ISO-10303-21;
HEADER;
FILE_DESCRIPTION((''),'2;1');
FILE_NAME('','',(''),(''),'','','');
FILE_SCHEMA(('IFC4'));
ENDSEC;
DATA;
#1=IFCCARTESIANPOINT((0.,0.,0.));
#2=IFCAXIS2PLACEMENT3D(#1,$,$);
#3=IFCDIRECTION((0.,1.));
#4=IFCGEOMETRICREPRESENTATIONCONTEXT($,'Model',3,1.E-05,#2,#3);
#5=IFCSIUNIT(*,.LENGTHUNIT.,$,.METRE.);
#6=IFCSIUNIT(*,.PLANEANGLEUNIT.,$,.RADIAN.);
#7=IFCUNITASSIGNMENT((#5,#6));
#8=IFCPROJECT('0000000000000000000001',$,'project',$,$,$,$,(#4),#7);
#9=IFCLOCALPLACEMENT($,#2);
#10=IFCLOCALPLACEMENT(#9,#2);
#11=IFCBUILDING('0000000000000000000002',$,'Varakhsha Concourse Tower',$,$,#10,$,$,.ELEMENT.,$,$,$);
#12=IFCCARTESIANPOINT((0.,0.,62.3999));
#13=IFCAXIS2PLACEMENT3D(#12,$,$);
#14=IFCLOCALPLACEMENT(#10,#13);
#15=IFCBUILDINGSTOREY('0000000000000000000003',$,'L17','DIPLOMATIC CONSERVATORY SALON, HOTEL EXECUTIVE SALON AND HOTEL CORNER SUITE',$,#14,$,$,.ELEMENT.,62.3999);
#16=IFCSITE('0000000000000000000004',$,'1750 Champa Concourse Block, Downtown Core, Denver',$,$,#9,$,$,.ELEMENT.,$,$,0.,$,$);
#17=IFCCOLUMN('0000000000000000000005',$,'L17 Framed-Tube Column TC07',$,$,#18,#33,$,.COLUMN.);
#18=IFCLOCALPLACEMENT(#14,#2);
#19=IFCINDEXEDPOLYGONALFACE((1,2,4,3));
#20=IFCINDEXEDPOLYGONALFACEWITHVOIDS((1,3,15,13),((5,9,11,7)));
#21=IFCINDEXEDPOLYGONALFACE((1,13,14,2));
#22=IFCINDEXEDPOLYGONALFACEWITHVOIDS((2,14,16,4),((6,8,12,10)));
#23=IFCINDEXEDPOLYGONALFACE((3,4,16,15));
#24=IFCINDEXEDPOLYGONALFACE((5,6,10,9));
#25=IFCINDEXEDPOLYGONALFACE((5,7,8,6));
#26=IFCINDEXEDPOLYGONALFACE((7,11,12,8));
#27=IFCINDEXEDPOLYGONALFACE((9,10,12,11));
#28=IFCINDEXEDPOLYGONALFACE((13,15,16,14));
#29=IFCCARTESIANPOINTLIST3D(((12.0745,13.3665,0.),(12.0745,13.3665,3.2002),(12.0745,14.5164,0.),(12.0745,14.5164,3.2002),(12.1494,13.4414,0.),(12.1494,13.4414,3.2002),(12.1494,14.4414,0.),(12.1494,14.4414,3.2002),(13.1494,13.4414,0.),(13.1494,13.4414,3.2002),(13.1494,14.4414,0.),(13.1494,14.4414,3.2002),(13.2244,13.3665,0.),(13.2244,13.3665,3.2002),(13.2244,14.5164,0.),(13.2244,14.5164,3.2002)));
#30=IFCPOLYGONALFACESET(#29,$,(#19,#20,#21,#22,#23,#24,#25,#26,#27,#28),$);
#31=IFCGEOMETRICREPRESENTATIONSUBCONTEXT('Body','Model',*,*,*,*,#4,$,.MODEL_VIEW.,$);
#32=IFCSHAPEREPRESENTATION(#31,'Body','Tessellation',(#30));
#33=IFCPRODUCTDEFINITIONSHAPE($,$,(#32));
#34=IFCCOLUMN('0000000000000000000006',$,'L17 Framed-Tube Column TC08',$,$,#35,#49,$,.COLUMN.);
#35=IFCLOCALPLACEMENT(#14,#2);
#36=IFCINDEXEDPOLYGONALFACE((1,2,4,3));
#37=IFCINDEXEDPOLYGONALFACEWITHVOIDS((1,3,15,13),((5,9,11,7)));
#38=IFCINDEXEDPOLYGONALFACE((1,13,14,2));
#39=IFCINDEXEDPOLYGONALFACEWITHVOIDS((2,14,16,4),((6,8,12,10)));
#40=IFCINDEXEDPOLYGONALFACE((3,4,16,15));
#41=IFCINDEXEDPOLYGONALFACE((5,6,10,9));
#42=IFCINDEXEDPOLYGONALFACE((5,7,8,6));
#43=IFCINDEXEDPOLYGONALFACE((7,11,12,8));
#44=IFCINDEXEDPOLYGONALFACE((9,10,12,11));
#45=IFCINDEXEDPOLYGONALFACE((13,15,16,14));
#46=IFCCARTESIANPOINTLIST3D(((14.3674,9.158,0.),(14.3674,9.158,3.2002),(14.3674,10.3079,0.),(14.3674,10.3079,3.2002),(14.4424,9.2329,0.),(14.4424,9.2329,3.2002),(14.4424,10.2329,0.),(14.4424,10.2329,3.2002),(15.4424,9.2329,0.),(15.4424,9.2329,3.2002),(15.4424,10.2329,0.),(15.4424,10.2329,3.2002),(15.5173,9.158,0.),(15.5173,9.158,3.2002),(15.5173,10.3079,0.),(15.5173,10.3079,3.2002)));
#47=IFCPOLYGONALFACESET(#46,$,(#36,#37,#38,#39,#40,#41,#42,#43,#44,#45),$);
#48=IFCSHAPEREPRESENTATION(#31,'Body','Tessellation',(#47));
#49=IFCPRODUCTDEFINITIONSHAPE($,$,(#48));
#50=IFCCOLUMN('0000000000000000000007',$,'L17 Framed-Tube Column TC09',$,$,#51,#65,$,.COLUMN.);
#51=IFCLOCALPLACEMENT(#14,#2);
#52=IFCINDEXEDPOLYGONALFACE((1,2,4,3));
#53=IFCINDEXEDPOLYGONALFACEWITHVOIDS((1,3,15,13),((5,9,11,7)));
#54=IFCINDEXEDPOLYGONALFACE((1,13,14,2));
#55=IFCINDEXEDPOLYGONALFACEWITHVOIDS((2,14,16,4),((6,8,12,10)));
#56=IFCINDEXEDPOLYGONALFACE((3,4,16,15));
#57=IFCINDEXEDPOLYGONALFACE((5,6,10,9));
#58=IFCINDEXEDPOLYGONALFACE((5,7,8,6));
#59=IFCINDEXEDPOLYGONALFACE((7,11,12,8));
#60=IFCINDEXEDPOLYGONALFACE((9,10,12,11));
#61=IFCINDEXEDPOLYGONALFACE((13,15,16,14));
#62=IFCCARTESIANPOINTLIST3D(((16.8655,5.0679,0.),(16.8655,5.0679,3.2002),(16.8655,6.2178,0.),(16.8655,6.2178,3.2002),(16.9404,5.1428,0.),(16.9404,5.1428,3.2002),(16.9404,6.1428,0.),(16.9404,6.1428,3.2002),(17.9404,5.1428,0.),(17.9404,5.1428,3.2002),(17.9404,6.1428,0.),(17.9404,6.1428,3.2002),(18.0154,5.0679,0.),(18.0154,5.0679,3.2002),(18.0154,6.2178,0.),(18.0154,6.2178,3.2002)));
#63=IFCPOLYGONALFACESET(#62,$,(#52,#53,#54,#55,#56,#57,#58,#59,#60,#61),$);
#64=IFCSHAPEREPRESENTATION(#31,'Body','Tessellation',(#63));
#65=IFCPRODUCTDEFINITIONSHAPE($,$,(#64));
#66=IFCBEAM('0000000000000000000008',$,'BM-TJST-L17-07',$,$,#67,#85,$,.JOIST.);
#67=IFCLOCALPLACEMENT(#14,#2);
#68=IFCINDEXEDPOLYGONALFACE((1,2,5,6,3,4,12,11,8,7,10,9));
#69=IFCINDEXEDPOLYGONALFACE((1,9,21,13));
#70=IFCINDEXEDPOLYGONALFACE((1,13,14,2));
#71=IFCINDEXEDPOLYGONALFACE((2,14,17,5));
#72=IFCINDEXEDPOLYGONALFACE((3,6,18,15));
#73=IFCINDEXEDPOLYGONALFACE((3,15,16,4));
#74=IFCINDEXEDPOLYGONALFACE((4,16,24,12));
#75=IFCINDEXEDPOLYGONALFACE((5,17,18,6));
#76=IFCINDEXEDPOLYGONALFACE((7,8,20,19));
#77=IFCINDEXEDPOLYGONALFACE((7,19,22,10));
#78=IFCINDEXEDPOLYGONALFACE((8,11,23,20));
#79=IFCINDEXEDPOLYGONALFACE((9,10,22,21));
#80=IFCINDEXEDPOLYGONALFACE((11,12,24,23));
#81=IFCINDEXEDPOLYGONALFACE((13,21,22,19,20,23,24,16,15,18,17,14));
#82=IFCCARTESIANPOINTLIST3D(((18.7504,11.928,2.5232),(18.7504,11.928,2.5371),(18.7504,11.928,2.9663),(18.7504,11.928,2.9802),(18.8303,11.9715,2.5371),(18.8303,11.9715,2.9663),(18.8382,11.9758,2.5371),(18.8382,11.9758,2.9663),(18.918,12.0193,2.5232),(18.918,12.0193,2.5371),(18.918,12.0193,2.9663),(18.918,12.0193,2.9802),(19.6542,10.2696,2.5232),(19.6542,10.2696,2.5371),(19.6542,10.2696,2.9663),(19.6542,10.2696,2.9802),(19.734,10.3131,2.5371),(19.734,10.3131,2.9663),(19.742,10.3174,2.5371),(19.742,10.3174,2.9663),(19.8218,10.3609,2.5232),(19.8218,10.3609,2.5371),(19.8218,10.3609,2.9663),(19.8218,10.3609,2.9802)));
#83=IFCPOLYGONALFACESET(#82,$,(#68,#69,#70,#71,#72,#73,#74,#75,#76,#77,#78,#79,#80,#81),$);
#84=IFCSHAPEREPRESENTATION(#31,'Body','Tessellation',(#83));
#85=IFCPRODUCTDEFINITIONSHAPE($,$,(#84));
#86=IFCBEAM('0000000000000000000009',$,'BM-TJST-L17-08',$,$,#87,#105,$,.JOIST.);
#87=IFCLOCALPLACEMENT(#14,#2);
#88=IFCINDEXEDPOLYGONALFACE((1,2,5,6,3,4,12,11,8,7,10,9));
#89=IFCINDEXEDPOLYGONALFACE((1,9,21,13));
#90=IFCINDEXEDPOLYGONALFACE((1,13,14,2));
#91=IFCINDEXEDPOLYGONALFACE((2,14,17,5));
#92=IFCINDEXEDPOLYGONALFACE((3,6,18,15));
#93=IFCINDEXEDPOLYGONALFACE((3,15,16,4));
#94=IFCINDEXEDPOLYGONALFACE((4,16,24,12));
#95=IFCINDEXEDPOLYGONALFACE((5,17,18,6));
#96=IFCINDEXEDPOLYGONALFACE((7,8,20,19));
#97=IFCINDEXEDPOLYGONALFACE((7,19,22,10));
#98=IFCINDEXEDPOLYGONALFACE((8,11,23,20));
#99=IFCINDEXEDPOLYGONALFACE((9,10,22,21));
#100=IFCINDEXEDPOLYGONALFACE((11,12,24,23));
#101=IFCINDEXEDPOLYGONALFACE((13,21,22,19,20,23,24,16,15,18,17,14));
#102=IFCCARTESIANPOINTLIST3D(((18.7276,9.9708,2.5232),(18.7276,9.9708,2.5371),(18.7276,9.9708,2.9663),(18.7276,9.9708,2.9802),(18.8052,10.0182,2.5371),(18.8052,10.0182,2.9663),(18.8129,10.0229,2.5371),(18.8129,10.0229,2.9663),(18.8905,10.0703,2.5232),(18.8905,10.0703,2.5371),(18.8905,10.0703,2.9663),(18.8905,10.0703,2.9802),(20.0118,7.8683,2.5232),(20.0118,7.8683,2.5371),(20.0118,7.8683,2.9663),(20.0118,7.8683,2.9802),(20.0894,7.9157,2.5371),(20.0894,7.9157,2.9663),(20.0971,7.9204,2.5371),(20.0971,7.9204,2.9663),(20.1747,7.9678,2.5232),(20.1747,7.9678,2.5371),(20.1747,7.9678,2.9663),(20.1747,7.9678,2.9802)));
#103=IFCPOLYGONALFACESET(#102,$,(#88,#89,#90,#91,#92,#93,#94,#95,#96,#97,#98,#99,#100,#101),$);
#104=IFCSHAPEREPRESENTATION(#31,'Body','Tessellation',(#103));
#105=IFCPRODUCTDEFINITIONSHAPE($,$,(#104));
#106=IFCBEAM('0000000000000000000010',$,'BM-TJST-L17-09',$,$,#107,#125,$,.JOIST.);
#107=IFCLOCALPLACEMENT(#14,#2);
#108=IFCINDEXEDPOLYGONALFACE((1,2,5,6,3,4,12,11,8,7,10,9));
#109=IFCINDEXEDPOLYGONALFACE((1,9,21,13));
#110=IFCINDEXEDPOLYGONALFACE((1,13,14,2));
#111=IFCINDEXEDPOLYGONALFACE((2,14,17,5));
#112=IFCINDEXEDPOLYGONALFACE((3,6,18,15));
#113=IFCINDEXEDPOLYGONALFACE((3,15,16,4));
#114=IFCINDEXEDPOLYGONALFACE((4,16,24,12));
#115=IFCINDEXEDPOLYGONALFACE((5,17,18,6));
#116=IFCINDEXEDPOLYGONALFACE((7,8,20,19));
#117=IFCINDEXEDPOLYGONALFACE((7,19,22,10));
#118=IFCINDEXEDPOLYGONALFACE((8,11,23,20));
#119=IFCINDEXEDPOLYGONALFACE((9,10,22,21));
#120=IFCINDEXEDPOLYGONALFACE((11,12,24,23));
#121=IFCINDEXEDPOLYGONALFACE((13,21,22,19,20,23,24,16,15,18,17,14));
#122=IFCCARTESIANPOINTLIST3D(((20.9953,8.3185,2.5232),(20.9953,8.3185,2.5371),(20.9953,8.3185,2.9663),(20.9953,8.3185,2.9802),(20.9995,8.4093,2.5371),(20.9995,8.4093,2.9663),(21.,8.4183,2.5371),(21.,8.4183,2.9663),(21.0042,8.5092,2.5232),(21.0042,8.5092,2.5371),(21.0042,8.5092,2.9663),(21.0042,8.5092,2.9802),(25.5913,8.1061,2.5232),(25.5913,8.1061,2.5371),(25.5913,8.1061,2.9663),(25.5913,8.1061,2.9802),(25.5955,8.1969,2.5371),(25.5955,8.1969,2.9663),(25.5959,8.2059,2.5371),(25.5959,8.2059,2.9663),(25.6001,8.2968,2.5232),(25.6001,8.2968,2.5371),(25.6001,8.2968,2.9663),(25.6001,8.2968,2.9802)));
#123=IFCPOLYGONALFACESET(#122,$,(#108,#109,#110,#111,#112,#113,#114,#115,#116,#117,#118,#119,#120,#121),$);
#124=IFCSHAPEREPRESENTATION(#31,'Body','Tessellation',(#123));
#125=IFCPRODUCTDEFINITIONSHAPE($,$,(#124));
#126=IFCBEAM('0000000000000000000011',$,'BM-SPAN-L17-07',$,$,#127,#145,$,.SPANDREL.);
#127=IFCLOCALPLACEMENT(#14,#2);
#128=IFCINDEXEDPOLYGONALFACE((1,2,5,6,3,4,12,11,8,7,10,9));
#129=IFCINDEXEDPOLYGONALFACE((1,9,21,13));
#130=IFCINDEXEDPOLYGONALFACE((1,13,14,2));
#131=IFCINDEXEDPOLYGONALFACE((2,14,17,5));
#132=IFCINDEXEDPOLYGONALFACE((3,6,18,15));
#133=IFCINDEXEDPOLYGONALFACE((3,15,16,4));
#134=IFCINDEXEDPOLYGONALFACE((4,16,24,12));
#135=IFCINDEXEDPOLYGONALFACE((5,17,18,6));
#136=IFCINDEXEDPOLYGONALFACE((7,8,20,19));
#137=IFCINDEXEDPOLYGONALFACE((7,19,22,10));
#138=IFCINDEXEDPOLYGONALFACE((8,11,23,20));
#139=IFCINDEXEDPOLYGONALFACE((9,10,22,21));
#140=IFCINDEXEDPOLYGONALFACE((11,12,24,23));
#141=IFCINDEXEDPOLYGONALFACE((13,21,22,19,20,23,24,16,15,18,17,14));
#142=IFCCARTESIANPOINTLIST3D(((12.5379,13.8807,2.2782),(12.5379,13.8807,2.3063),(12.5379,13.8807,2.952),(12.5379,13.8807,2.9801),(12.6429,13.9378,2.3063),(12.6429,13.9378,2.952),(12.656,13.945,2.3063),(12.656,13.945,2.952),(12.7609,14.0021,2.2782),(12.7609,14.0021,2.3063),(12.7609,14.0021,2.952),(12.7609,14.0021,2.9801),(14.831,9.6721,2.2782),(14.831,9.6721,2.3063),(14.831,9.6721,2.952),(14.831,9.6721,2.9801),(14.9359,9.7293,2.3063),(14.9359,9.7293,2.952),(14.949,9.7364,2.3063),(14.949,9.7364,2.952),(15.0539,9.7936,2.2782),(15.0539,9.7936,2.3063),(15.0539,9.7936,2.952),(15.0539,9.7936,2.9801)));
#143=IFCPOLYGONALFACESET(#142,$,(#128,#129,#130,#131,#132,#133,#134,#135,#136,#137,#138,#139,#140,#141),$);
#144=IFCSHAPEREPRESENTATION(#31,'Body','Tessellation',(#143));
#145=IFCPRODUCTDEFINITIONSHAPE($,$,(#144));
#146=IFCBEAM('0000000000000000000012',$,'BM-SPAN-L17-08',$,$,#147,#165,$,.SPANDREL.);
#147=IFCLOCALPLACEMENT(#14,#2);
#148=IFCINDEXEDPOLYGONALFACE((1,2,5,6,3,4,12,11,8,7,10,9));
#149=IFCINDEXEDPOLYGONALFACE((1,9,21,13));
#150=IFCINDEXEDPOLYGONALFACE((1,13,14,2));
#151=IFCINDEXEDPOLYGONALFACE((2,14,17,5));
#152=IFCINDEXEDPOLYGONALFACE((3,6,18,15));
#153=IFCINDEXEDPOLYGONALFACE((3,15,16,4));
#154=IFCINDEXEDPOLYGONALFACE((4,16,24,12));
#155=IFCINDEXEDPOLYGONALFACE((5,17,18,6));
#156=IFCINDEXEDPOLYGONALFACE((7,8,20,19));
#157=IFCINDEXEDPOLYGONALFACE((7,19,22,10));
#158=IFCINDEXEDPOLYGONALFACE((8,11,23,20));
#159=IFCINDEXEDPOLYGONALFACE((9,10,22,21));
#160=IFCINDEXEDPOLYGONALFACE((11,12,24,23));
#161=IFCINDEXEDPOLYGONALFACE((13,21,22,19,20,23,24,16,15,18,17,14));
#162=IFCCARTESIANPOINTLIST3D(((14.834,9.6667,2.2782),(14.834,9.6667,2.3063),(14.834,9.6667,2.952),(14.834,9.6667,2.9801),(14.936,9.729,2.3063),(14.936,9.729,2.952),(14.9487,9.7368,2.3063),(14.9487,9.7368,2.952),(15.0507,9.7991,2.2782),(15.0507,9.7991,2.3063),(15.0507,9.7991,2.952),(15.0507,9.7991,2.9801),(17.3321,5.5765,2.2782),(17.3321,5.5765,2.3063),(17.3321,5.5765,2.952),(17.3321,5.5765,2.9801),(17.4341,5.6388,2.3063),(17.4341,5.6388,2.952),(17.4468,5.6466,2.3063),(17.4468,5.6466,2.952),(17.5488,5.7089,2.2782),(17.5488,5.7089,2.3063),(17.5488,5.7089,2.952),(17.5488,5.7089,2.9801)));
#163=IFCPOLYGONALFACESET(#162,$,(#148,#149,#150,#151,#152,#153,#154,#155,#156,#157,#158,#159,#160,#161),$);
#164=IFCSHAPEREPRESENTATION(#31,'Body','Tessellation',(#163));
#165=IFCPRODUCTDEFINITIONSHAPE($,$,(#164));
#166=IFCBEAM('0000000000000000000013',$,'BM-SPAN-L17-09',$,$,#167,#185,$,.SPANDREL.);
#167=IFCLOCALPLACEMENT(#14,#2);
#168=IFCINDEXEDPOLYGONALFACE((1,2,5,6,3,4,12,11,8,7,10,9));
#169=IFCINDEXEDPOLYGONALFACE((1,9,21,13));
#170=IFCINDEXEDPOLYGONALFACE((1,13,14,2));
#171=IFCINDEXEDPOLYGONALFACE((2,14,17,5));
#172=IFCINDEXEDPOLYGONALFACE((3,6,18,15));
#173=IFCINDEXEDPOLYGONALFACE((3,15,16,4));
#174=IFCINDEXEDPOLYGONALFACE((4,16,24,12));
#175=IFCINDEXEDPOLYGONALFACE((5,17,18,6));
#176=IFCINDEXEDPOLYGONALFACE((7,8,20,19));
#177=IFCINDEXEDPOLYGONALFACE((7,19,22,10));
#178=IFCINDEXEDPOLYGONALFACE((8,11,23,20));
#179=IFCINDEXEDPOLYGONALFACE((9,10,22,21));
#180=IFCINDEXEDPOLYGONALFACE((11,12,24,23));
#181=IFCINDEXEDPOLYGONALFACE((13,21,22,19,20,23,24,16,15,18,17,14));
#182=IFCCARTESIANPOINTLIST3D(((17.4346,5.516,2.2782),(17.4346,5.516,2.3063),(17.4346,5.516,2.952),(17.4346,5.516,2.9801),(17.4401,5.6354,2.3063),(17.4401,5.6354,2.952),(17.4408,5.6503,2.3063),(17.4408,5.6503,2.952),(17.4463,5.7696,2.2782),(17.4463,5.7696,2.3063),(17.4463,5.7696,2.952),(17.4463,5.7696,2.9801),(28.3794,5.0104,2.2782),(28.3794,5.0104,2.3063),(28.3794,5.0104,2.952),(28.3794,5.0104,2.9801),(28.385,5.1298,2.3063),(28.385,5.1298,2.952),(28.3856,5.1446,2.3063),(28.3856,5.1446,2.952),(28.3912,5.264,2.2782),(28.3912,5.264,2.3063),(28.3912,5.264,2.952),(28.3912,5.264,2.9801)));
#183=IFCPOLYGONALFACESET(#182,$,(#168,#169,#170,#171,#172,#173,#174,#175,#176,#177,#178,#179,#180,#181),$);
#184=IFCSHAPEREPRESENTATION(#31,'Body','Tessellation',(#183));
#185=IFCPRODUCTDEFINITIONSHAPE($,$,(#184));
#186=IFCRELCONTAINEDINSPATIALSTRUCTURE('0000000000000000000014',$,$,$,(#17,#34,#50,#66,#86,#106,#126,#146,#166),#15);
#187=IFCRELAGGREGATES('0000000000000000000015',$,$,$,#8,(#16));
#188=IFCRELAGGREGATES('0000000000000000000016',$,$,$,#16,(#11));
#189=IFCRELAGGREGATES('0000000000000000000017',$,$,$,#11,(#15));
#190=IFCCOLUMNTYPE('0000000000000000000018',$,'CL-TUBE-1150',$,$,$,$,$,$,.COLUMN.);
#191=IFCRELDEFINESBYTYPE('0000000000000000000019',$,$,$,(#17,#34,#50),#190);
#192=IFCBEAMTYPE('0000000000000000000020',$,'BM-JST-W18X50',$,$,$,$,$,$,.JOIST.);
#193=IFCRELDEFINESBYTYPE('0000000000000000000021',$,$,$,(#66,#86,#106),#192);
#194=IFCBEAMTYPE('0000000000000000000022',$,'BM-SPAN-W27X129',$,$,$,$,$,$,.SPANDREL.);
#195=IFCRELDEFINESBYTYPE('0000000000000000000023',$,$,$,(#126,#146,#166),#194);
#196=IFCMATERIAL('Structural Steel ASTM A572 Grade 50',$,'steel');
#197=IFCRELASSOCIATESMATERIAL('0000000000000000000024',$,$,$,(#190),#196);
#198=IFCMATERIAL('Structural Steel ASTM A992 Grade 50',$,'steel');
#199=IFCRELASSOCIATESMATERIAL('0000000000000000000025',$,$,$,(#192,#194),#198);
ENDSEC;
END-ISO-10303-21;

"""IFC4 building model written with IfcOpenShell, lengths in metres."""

from ifc_helpers import new_model, si_unit, direction, frame, origin, origin_2d, place, context, subcontext, project, spatial, hollow_rectangle, i_section, extrude, material, material_profile, profile_set, type_object, element, save


model = new_model("IFC4")

# Units and contexts
model_context = context("Model", 3, precision=1e-05, world=origin(), true_north=direction((0.0, 1.0)))
body_context = subcontext(model_context, "Body", "Model", "MODEL_VIEW")
ifc_project = project(units=[si_unit("LENGTHUNIT", "METRE"), si_unit("PLANEANGLEUNIT", "RADIAN")], contexts=[model_context])

# Site, building, storey
site_placement = place(None, origin())
site = spatial("IfcSite", under=ifc_project, at=site_placement, Name="1750 Champa Concourse Block, Downtown Core, Denver", CompositionType="ELEMENT", RefElevation=0.0)
building_placement = place(site_placement, origin())
building = spatial("IfcBuilding", under=site, at=building_placement, Name="Varakhsha Concourse Tower", CompositionType="ELEMENT")
storey_placement = place(building_placement, frame((0.0, 0.0, 62.3999)))
storey = spatial("IfcBuildingStorey", under=building, at=storey_placement, Name="L17", Description="DIPLOMATIC CONSERVATORY SALON, HOTEL EXECUTIVE SALON AND HOTEL CORNER SUITE", CompositionType="ELEMENT", Elevation=62.3999)

# Columns
ifc_material_1 = material(Name="Structural Steel ASTM A572 Grade 50", Category="steel")
ifc_material_profile_1 = material_profile(ifc_material_1, hollow_rectangle(XDim=1.1499, YDim=1.1499, WallThickness=0.075, at=origin_2d()), Name="BOX 1150x1150x75")
ifc_profile_set_1 = profile_set([ifc_material_profile_1], Name="Structural Steel ASTM A572 Grade 50")
column_type = type_object("IfcColumnType", Name="CL-TUBE-1150", PredefinedType="COLUMN", material=ifc_profile_set_1)
for number, where, z_axis, x_axis, name in (
    (1, (12.6494, 13.9414, 0.0), (0.0, 0.0, 1.0), (1.0, 0.0, 0.0), "L17 Framed-Tube Column TC07"),
    (2, (14.9424, 9.7329, 0.0), (0.0, 0.0, 1.0), (1.0, 0.0, 0.0), "L17 Framed-Tube Column TC08"),
    (3, (17.4404, 5.6428, 0.0), (0.0, 0.0, 1.0), (1.0, 0.0, 0.0), "L17 Framed-Tube Column TC09"),
):
    element("IfcColumn", number, at=place(storey_placement, frame(where, z_axis=z_axis, x_axis=x_axis)), inside=storey, type_object=column_type, Name=name, PredefinedType="COLUMN", context=body_context, shape_type="SweptSolid", body=[
        extrude(hollow_rectangle(XDim=1.1499, YDim=1.1499, WallThickness=0.075, at=origin_2d()), origin(), (0.0, 0.0, 1.0), 3.2002),
    ])

# Beams
ifc_material_2 = material(Name="Structural Steel ASTM A992 Grade 50", Category="steel")
ifc_material_profile_2 = material_profile(ifc_material_2, i_section(OverallWidth=0.1909, OverallDepth=0.457, WebThickness=0.009, FlangeThickness=0.0139, at=origin_2d()), Name="W18X50")
ifc_profile_set_2 = profile_set([ifc_material_profile_2], Name="Structural Steel ASTM A992 Grade 50")
beam_type_1 = type_object("IfcBeamType", Name="BM-JST-W18X50", PredefinedType="JOIST", material=ifc_profile_set_2)
beam_1_placement = place(storey_placement, frame((18.8342, 11.9736, 2.7517), z_axis=(0.478526, -0.878073, 0.0), x_axis=(0.878073, 0.478526, 0.0)))
element("IfcBeam", 4, at=beam_1_placement, inside=storey, type_object=beam_type_1, Name="BM-TJST-L17-07", PredefinedType="JOIST", context=body_context, shape_type="SweptSolid", body=[
    extrude(i_section(OverallWidth=0.1909, OverallDepth=0.457, WebThickness=0.009, FlangeThickness=0.0139, at=origin_2d()), origin(), (0.0, 0.0, 1.0), 1.8887),
])
beam_2_placement = place(storey_placement, frame((18.8091, 10.0205, 2.7517), z_axis=(0.521242, -0.853409, 0.0), x_axis=(0.853409, 0.521242, 0.0)))
element("IfcBeam", 5, at=beam_2_placement, inside=storey, type_object=beam_type_1, Name="BM-TJST-L17-08", PredefinedType="JOIST", context=body_context, shape_type="SweptSolid", body=[
    extrude(i_section(OverallWidth=0.1909, OverallDepth=0.457, WebThickness=0.009, FlangeThickness=0.0139, at=origin_2d()), origin(), (0.0, 0.0, 1.0), 2.4636),
])
beam_3_placement = place(storey_placement, frame((20.9998, 8.4138, 2.7517), z_axis=(0.998934, -0.046166, 0.0), x_axis=(0.046166, 0.998934, 0.0)))
element("IfcBeam", 6, at=beam_3_placement, inside=storey, type_object=beam_type_1, Name="BM-TJST-L17-09", PredefinedType="JOIST", context=body_context, shape_type="SweptSolid", body=[
    extrude(i_section(OverallWidth=0.1909, OverallDepth=0.457, WebThickness=0.009, FlangeThickness=0.0139, at=origin_2d()), origin(), (0.0, 0.0, 1.0), 4.6008),
])
ifc_material_profile_3 = material_profile(ifc_material_2, i_section(OverallWidth=0.2539, OverallDepth=0.7019, WebThickness=0.0149, FlangeThickness=0.0281, at=origin_2d()), Name="W27X129")
ifc_profile_set_3 = profile_set([ifc_material_profile_3], Name="Structural Steel ASTM A992 Grade 50")
beam_type_2 = type_object("IfcBeamType", Name="BM-SPAN-W27X129", PredefinedType="SPANDREL", material=ifc_profile_set_3)
for number, where, z_axis, x_axis, name in (
    (7, (12.6494, 13.9414, 2.6292), (0.478438, -0.878121, 0.0), (0.878121, 0.478438, 0.0), "BM-SPAN-L17-07"),
    (8, (14.9424, 9.7329, 2.6292), (0.52123, -0.853417, 0.0), (0.853417, 0.52123, 0.0), "BM-SPAN-L17-08"),
):
    element("IfcBeam", number, at=place(storey_placement, frame(where, z_axis=z_axis, x_axis=x_axis)), inside=storey, type_object=beam_type_2, Name=name, PredefinedType="SPANDREL", context=body_context, shape_type="SweptSolid", body=[
        extrude(i_section(OverallWidth=0.2539, OverallDepth=0.7019, WebThickness=0.0149, FlangeThickness=0.0281, at=origin_2d()), origin(), (0.0, 0.0, 1.0), 4.7927),
    ])
beam_4_placement = place(storey_placement, frame((17.4404, 5.6428, 2.6292), z_axis=(0.998935, -0.046148, 0.0), x_axis=(0.046148, 0.998935, 0.0)))
element("IfcBeam", 9, at=beam_4_placement, inside=storey, type_object=beam_type_2, Name="BM-SPAN-L17-09", PredefinedType="SPANDREL", context=body_context, shape_type="SweptSolid", body=[
    extrude(i_section(OverallWidth=0.2539, OverallDepth=0.7019, WebThickness=0.0149, FlangeThickness=0.0281, at=origin_2d()), origin(), (0.0, 0.0, 1.0), 10.9565),
])

save(model, "model.ifc")
